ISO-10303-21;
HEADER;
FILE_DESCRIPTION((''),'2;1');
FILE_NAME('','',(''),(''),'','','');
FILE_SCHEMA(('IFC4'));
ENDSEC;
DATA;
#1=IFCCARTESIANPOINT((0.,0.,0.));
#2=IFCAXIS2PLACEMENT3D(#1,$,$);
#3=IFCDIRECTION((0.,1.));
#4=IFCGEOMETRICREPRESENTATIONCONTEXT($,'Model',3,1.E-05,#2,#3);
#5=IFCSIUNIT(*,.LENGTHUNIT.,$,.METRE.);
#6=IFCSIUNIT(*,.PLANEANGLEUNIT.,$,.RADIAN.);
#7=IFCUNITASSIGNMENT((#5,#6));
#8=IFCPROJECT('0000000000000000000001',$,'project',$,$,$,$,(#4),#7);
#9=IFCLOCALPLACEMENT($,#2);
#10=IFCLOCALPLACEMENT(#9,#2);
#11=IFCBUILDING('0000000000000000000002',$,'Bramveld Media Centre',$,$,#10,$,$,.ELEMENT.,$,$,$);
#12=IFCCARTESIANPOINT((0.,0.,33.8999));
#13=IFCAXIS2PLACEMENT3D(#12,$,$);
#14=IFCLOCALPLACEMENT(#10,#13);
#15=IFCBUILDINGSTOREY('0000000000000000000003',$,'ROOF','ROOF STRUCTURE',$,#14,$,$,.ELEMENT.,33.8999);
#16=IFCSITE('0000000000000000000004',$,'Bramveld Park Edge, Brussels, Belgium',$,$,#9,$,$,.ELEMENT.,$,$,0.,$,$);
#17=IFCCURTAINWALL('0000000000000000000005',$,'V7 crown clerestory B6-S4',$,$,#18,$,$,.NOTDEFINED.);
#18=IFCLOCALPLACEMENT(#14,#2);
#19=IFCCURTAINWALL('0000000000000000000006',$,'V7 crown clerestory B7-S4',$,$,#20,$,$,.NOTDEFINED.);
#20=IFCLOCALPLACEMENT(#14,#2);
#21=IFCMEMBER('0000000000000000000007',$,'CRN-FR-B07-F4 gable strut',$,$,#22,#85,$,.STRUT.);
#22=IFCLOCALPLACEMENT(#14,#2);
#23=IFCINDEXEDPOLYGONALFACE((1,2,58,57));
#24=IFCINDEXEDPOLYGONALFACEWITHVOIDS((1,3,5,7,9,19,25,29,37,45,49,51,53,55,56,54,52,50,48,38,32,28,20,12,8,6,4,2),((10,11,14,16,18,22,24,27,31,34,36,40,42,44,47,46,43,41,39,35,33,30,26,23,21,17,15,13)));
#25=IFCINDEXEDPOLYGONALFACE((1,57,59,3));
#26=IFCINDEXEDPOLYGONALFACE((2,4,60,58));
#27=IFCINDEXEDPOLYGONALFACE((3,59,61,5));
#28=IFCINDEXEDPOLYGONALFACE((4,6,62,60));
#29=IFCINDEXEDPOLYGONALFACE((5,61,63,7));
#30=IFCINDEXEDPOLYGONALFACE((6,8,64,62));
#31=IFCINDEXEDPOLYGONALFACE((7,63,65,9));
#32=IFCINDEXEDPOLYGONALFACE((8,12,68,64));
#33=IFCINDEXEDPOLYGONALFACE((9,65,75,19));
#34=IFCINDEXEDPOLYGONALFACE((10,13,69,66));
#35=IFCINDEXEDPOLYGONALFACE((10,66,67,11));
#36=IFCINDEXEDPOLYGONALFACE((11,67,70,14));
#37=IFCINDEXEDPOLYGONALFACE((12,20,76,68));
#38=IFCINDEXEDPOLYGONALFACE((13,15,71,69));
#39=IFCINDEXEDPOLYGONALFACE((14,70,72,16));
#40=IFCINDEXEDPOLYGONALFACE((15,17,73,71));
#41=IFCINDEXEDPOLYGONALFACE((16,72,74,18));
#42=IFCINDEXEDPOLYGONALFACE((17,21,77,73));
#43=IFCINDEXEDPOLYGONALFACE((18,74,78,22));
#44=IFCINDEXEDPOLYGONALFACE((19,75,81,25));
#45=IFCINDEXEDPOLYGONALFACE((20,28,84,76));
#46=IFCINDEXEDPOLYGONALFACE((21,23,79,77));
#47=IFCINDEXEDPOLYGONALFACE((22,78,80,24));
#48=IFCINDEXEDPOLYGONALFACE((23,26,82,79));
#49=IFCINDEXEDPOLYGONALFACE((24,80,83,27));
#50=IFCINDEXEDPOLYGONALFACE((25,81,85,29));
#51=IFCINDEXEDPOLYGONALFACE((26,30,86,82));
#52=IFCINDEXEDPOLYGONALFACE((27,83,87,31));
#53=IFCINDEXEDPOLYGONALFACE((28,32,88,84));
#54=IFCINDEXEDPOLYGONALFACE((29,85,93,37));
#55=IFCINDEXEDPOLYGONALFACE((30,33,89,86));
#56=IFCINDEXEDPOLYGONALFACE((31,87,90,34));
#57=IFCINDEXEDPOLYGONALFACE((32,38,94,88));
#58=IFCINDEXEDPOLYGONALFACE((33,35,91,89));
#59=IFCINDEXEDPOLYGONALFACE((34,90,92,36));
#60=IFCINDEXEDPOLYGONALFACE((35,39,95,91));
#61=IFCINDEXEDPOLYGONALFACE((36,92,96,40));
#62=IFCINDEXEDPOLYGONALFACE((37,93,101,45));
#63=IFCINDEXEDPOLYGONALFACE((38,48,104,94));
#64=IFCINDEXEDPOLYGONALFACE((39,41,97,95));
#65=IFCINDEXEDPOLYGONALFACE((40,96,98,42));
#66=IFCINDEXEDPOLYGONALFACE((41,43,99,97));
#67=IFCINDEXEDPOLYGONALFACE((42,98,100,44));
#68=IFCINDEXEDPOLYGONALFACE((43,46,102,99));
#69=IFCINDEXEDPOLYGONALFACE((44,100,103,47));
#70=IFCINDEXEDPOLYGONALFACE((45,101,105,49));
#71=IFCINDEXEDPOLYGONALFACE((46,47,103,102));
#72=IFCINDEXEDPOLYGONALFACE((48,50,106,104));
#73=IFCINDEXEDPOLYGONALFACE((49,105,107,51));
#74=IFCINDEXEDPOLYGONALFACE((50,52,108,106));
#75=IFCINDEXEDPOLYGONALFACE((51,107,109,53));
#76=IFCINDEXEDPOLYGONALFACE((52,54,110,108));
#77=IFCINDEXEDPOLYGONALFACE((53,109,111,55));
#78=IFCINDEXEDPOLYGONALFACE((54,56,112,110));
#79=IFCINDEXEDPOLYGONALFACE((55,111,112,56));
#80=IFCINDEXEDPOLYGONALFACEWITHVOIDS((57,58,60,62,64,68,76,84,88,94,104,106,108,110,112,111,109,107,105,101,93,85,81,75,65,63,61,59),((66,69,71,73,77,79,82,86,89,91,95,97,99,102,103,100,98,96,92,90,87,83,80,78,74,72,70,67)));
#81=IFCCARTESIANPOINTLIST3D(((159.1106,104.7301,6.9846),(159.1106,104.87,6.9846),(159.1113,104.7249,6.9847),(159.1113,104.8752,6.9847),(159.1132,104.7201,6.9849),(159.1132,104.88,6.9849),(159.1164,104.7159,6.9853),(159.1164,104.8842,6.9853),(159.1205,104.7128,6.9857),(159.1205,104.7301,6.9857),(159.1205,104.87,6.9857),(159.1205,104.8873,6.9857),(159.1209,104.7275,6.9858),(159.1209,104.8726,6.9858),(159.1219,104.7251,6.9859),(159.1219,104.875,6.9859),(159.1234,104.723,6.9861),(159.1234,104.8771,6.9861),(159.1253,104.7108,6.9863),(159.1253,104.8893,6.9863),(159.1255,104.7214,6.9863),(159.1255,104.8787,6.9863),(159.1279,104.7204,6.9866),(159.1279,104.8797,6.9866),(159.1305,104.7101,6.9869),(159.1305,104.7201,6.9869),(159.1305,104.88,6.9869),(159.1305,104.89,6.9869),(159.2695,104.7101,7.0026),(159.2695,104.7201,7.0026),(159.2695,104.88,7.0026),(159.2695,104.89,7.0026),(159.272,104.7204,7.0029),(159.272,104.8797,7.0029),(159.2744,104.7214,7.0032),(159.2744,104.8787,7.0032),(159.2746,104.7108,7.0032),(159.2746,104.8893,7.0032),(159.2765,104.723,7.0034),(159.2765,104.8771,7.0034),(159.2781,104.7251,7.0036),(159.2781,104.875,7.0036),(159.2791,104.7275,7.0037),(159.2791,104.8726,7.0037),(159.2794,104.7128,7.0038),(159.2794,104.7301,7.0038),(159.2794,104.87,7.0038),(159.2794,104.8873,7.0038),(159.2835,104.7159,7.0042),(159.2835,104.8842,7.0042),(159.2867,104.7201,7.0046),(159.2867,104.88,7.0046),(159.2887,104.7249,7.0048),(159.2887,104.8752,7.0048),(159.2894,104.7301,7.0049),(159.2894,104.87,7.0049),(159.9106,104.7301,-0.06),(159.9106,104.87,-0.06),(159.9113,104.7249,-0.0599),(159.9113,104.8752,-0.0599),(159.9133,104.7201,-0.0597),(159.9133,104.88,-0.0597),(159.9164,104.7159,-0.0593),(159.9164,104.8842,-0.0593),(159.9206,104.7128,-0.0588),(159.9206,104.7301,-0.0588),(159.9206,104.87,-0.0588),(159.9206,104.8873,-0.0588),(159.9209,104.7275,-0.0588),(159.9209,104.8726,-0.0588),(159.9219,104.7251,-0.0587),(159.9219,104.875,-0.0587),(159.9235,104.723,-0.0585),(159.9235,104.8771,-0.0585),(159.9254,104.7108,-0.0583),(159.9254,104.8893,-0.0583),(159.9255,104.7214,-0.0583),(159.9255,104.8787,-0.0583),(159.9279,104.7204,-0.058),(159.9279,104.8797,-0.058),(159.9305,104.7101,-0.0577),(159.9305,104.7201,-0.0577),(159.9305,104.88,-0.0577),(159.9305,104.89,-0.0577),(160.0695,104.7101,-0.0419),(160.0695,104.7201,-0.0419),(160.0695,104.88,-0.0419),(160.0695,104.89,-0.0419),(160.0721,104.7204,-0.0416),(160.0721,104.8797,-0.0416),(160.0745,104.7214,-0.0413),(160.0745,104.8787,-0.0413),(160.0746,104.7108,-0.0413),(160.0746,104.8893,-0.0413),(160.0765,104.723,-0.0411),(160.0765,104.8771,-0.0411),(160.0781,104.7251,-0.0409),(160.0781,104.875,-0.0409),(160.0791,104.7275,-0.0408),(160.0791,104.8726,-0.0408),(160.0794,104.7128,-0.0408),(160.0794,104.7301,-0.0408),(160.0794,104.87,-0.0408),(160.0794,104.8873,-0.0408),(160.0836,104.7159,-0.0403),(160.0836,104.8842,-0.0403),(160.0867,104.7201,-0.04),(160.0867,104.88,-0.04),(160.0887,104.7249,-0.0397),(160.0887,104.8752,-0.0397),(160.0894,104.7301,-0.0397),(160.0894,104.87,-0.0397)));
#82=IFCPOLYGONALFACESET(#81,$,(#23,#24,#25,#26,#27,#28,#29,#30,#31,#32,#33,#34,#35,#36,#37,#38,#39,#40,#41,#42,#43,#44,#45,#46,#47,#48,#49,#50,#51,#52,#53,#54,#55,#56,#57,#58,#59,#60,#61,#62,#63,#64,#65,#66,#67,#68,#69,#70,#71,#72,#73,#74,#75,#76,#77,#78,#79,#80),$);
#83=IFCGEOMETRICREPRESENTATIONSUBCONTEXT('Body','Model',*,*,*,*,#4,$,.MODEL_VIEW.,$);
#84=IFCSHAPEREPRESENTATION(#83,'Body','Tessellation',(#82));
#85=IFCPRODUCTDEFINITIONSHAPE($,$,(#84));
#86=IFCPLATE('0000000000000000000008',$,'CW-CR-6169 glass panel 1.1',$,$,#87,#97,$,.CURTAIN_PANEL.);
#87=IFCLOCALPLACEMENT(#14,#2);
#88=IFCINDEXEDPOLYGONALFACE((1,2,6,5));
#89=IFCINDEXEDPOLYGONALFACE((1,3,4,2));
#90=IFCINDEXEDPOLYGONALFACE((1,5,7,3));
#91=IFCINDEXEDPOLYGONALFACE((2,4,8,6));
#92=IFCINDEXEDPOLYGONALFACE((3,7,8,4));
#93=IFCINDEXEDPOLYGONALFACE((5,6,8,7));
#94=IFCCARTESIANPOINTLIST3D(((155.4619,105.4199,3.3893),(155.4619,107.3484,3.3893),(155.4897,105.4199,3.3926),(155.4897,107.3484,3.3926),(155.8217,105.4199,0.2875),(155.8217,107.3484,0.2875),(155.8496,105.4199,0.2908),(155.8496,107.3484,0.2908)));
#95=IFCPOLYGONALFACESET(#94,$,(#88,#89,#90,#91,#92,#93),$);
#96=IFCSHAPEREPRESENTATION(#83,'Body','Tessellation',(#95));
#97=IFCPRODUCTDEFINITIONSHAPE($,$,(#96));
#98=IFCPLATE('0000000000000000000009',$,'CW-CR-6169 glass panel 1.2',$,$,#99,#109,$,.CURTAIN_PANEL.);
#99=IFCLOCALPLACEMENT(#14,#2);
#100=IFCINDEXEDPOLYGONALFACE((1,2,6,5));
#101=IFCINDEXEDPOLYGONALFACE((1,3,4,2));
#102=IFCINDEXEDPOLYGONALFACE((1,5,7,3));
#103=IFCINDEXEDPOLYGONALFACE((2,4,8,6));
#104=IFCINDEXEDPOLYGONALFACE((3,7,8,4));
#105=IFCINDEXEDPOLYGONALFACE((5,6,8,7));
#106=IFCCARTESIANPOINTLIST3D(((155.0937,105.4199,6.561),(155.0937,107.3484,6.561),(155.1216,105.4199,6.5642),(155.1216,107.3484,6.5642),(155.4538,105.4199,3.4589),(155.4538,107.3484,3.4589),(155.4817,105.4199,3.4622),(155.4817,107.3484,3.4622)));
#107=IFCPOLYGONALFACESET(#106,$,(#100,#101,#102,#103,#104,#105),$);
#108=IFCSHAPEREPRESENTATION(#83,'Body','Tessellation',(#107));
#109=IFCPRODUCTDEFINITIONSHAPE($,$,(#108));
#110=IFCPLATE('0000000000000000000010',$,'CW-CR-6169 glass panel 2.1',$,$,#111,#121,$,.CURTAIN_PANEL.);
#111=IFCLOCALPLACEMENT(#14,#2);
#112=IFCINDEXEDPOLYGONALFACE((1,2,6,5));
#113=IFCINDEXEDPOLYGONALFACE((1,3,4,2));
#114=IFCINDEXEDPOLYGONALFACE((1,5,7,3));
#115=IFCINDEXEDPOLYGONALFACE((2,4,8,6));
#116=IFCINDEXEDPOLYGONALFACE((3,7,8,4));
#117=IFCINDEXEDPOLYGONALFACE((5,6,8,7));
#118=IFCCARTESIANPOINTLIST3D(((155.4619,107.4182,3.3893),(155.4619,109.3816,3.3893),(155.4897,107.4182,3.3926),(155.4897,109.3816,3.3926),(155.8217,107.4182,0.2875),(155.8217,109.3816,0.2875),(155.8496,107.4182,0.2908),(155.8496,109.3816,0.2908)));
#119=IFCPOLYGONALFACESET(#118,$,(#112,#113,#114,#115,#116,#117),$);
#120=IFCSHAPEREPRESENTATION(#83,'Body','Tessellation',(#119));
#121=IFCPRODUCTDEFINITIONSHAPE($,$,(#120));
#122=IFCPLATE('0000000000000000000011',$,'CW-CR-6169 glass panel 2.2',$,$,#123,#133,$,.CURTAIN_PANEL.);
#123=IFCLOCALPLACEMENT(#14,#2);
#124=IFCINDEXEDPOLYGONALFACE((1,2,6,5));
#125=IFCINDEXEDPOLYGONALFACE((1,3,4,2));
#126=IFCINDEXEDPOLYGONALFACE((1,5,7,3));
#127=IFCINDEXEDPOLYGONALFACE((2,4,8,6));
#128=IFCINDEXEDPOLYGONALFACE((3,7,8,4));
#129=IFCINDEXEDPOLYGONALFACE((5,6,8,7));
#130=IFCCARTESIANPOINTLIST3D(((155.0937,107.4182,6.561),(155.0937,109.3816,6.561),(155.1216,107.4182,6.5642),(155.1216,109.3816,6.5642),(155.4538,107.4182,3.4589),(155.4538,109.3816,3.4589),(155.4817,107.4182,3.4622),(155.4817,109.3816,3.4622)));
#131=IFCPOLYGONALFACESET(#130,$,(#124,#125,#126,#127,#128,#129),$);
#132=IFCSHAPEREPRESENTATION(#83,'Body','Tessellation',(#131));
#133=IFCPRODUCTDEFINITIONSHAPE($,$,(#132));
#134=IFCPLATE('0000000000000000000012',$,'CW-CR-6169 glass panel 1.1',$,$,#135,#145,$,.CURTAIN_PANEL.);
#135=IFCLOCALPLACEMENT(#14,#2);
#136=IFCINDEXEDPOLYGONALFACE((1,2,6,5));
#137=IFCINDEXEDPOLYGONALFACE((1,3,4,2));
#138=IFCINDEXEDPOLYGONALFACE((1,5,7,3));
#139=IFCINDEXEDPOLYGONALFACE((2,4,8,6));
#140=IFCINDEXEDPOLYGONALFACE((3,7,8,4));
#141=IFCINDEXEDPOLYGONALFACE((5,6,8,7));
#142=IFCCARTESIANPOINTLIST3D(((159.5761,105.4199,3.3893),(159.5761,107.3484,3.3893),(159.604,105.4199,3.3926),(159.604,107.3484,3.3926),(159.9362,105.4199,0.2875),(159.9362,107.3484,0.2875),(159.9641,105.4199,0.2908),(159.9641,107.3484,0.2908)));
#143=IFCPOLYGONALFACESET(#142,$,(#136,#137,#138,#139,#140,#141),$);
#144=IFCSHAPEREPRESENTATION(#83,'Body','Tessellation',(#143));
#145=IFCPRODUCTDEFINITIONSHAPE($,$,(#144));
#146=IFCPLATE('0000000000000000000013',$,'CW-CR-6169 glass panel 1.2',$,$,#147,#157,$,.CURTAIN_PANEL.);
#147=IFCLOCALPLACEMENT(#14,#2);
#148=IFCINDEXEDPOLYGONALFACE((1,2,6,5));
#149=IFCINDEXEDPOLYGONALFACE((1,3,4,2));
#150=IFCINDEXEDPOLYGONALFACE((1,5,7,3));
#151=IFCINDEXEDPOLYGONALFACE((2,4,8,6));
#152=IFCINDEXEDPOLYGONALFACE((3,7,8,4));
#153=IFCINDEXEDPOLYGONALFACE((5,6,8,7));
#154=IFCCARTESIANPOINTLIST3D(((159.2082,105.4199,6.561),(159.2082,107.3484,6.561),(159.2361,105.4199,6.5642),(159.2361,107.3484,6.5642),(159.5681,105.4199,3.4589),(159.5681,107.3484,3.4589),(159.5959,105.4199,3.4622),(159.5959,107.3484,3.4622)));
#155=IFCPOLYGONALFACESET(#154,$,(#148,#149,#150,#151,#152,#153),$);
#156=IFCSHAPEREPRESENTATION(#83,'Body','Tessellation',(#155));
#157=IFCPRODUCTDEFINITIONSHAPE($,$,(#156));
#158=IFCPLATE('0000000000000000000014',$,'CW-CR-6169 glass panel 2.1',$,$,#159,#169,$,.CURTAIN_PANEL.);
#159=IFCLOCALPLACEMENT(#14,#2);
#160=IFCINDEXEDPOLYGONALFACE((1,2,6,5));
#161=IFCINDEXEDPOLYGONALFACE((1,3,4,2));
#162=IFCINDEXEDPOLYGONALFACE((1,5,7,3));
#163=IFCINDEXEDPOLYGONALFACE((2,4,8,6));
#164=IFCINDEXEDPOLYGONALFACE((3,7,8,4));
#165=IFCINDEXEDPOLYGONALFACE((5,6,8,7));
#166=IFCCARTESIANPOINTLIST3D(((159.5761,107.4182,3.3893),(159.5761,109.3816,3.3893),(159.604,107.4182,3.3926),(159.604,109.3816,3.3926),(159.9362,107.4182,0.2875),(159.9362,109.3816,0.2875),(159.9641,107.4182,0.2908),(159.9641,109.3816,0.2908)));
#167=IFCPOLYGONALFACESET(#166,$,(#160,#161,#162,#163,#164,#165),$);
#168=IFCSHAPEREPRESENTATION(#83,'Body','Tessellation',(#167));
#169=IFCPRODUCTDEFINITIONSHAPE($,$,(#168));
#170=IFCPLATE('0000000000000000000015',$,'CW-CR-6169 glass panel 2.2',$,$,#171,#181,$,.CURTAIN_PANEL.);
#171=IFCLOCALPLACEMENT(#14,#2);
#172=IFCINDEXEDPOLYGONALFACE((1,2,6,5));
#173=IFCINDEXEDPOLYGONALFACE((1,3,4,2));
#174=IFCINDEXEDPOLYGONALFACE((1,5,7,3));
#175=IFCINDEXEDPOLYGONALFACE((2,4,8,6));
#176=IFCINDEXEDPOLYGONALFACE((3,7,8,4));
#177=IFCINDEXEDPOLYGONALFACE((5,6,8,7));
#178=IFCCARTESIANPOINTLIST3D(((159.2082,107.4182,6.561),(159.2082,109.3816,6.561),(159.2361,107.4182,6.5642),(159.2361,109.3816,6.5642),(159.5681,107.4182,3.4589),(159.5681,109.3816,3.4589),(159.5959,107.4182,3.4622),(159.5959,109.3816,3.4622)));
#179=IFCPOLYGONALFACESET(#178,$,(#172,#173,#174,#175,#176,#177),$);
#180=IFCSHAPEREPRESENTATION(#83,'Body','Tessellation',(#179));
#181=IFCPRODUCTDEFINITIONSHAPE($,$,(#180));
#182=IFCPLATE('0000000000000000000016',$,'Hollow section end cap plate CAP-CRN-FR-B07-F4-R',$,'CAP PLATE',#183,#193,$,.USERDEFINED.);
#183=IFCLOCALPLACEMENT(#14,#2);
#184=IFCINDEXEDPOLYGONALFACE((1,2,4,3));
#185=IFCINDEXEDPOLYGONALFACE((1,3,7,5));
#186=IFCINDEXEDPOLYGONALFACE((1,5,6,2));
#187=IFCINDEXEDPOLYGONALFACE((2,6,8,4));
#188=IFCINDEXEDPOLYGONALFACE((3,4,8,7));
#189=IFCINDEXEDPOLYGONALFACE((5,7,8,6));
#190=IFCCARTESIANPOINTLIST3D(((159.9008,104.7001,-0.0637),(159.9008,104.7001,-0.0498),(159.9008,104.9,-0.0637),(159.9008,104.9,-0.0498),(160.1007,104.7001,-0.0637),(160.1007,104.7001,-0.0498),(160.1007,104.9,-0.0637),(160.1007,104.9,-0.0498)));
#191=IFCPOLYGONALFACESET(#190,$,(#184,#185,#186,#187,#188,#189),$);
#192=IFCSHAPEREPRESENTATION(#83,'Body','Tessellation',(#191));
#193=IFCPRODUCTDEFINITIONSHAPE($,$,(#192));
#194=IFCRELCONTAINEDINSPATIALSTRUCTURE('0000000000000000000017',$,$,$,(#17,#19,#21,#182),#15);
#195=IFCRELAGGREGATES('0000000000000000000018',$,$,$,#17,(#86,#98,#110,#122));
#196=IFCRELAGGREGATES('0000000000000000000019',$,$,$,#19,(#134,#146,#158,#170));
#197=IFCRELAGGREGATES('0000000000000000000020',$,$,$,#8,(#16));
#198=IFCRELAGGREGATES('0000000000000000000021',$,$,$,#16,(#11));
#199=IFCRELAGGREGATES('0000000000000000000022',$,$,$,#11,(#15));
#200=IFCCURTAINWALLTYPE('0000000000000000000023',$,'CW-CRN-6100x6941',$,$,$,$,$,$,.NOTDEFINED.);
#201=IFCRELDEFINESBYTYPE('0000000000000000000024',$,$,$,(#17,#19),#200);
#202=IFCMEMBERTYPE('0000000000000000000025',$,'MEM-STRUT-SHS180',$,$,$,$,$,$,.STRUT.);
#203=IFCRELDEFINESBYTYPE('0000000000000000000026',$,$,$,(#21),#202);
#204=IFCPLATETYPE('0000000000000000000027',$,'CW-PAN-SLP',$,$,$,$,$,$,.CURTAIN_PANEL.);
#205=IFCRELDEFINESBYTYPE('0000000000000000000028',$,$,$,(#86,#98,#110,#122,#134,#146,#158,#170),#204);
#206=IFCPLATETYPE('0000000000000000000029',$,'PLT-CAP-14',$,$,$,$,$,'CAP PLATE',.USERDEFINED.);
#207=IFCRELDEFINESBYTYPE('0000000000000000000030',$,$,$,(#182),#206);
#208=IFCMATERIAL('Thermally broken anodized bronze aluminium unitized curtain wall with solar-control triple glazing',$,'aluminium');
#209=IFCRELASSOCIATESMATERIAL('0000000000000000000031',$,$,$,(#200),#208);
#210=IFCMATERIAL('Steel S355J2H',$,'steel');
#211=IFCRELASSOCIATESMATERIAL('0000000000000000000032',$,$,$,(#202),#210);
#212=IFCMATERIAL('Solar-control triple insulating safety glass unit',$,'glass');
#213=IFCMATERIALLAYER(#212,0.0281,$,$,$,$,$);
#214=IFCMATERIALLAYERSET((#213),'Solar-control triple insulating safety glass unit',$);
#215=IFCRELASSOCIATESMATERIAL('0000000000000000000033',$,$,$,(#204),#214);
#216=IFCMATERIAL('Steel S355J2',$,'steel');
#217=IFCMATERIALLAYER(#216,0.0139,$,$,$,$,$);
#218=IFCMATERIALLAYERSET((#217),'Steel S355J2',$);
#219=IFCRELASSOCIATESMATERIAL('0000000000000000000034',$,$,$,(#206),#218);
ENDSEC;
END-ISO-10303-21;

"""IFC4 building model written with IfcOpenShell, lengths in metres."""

from ifc_helpers import new_model, si_unit, direction, frame, origin, origin_2d, place, context, subcontext, project, spatial, polyline, rectangle, hollow_rectangle, outline, extrude, material, layer, layer_set, material_profile, profile_set, type_object, element, aggregate, save


model = new_model("IFC4")

# Units and contexts
model_context = context("Model", 3, precision=1e-05, world=origin(), true_north=direction((0.0, 1.0)))
body_context = subcontext(model_context, "Body", "Model", "MODEL_VIEW")
ifc_project = project(units=[si_unit("LENGTHUNIT", "METRE"), si_unit("PLANEANGLEUNIT", "RADIAN")], contexts=[model_context])

# Site, building, storey
site_placement = place(None, origin())
site = spatial("IfcSite", under=ifc_project, at=site_placement, Name="Bramveld Park Edge, Brussels, Belgium", CompositionType="ELEMENT", RefElevation=0.0)
building_placement = place(site_placement, origin())
building = spatial("IfcBuilding", under=site, at=building_placement, Name="Bramveld Media Centre", CompositionType="ELEMENT")
storey_placement = place(building_placement, frame((0.0, 0.0, 33.8999)))
storey = spatial("IfcBuildingStorey", under=building, at=storey_placement, Name="ROOF", Description="ROOF STRUCTURE", CompositionType="ELEMENT", Elevation=33.8999)

# Curtain walls
ifc_material_1 = material(Name="Thermally broken anodized bronze aluminium unitized curtain wall with solar-control triple glazing", Category="aluminium")
curtain_wall_type = type_object("IfcCurtainWallType", Name="CW-CRN-6100x6941", PredefinedType="NOTDEFINED", material=ifc_material_1)
curtain_wall_1_placement = place(storey_placement, origin())
curtain_wall_1 = element("IfcCurtainWall", 1, at=curtain_wall_1_placement, inside=storey, type_object=curtain_wall_type, Name="V7 crown clerestory B6-S4", PredefinedType="NOTDEFINED")
curtain_wall_2_placement = place(storey_placement, origin())
curtain_wall_2 = element("IfcCurtainWall", 2, at=curtain_wall_2_placement, inside=storey, type_object=curtain_wall_type, Name="V7 crown clerestory B7-S4", PredefinedType="NOTDEFINED")

# Member
ifc_material_2 = material(Name="Steel S355J2H", Category="steel")
ifc_material_profile_1 = material_profile(ifc_material_2, hollow_rectangle(XDim=0.1799, YDim=0.1799, WallThickness=0.01, InnerFilletRadius=0.01, OuterFilletRadius=0.02, at=origin_2d()), Name="SHS 180x180x10")
ifc_profile_set_1 = profile_set([ifc_material_profile_1], Name="Steel S355J2H")
member_type_1 = type_object("IfcMemberType", Name="MEM-STRUT-SHS180", PredefinedType="STRUT", material=ifc_profile_set_1)
member_1_placement = place(storey_placement, frame((160.0, 104.8, -0.0498), z_axis=(-0.112842, 0.0, 0.993613), x_axis=(0.0, -1.0, 0.0)))
element("IfcMember", 3, at=member_1_placement, inside=storey, type_object=member_type_1, Name="CRN-FR-B07-F4 gable strut", PredefinedType="STRUT", context=body_context, shape_type="SweptSolid", body=[
    extrude(hollow_rectangle(XDim=0.1799, YDim=0.1799, WallThickness=0.01, InnerFilletRadius=0.01, OuterFilletRadius=0.02, at=origin_2d()), origin(), (0.0, 0.0, 1.0), 7.0898),
])

# Plates
ifc_material_3 = material(Name="Solar-control triple insulating safety glass unit", Category="glass")
ifc_layer_1 = layer(ifc_material_3, 0.0281)
ifc_layer_set_1 = layer_set([ifc_layer_1], Name="Solar-control triple insulating safety glass unit")
plate_type_1 = type_object("IfcPlateType", Name="CW-PAN-SLP", PredefinedType="CURTAIN_PANEL", material=ifc_layer_set_1)
plate_1_placement = place(storey_placement, frame((155.8496, 105.4199, 0.2908), z_axis=(0.993337, 0.0, 0.115244), x_axis=(0.0, 1.0, 0.0)))
plate_1 = element("IfcPlate", 4, at=plate_1_placement, type_object=plate_type_1, Name="CW-CR-6169 glass panel 1.1", PredefinedType="CURTAIN_PANEL", context=body_context, shape_type="SweptSolid", body=[
    extrude(outline(polyline([(0.0, 0.0), (1.9285, 0.0), (1.9285, 3.1226), (0.0, 3.1226), (0.0, 0.0)])), origin(), (0.0, 0.0, -1.0), 0.0281),
])
plate_2_placement = place(storey_placement, frame((155.4817, 105.4199, 3.4622), z_axis=(0.993329, 0.0, 0.115313), x_axis=(0.0, 1.0, 0.0)))
plate_2 = element("IfcPlate", 5, at=plate_2_placement, type_object=plate_type_1, Name="CW-CR-6169 glass panel 1.2", PredefinedType="CURTAIN_PANEL", context=body_context, shape_type="SweptSolid", body=[
    extrude(outline(polyline([(0.0, 0.0), (1.9285, 0.0), (1.9285, 3.1229), (0.0, 3.1229), (0.0, 0.0)])), origin(), (0.0, 0.0, -1.0), 0.0281),
])
plate_3_placement = place(storey_placement, frame((155.8496, 107.4182, 0.2908), z_axis=(0.993337, 0.0, 0.115244), x_axis=(0.0, 1.0, 0.0)))
plate_3 = element("IfcPlate", 6, at=plate_3_placement, type_object=plate_type_1, Name="CW-CR-6169 glass panel 2.1", PredefinedType="CURTAIN_PANEL", context=body_context, shape_type="SweptSolid", body=[
    extrude(outline(polyline([(0.0, 0.0), (1.9634, 0.0), (1.9634, 3.1226), (0.0, 3.1226), (0.0, 0.0)])), origin(), (0.0, 0.0, -1.0), 0.0281),
])
plate_4_placement = place(storey_placement, frame((155.4817, 107.4182, 3.4622), z_axis=(0.993329, 0.0, 0.115313), x_axis=(0.0, 1.0, 0.0)))
plate_4 = element("IfcPlate", 7, at=plate_4_placement, type_object=plate_type_1, Name="CW-CR-6169 glass panel 2.2", PredefinedType="CURTAIN_PANEL", context=body_context, shape_type="SweptSolid", body=[
    extrude(outline(polyline([(0.0, 0.0), (1.9634, 0.0), (1.9634, 3.1229), (0.0, 3.1229), (0.0, 0.0)])), origin(), (0.0, 0.0, -1.0), 0.0281),
])
aggregate(curtain_wall_1, [plate_1, plate_2, plate_3, plate_4])
plate_5_placement = place(storey_placement, frame((159.9641, 105.4199, 0.2908), z_axis=(0.993328, 0.0, 0.115321), x_axis=(0.0, 1.0, 0.0)))
plate_5 = element("IfcPlate", 8, at=plate_5_placement, type_object=plate_type_1, Name="CW-CR-6169 glass panel 1.1", PredefinedType="CURTAIN_PANEL", context=body_context, shape_type="SweptSolid", body=[
    extrude(outline(polyline([(0.0, 0.0), (1.9285, 0.0), (1.9285, 3.1226), (0.0, 3.1226), (0.0, 0.0)])), origin(), (0.0, 0.0, -1.0), 0.0281),
])
plate_6_placement = place(storey_placement, frame((159.5959, 105.4199, 3.4622), z_axis=(0.993338, 0.0, 0.115235), x_axis=(0.0, 1.0, 0.0)))
plate_6 = element("IfcPlate", 9, at=plate_6_placement, type_object=plate_type_1, Name="CW-CR-6169 glass panel 1.2", PredefinedType="CURTAIN_PANEL", context=body_context, shape_type="SweptSolid", body=[
    extrude(outline(polyline([(0.0, 0.0), (1.9285, 0.0), (1.9285, 3.1229), (0.0, 3.1229), (0.0, 0.0)])), origin(), (0.0, 0.0, -1.0), 0.0281),
])
plate_7_placement = place(storey_placement, frame((159.9641, 107.4182, 0.2908), z_axis=(0.993328, 0.0, 0.115321), x_axis=(0.0, 1.0, 0.0)))
plate_7 = element("IfcPlate", 10, at=plate_7_placement, type_object=plate_type_1, Name="CW-CR-6169 glass panel 2.1", PredefinedType="CURTAIN_PANEL", context=body_context, shape_type="SweptSolid", body=[
    extrude(outline(polyline([(0.0, 0.0), (1.9634, 0.0), (1.9634, 3.1226), (0.0, 3.1226), (0.0, 0.0)])), origin(), (0.0, 0.0, -1.0), 0.0281),
])
plate_8_placement = place(storey_placement, frame((159.5959, 107.4182, 3.4622), z_axis=(0.993338, 0.0, 0.115235), x_axis=(0.0, 1.0, 0.0)))
plate_8 = element("IfcPlate", 11, at=plate_8_placement, type_object=plate_type_1, Name="CW-CR-6169 glass panel 2.2", PredefinedType="CURTAIN_PANEL", context=body_context, shape_type="SweptSolid", body=[
    extrude(outline(polyline([(0.0, 0.0), (1.9634, 0.0), (1.9634, 3.1229), (0.0, 3.1229), (0.0, 0.0)])), origin(), (0.0, 0.0, -1.0), 0.0281),
])
aggregate(curtain_wall_2, [plate_5, plate_6, plate_7, plate_8])
ifc_material_4 = material(Name="Steel S355J2", Category="steel")
ifc_layer_2 = layer(ifc_material_4, 0.0139)
ifc_layer_set_2 = layer_set([ifc_layer_2], Name="Steel S355J2")
plate_type_2 = type_object("IfcPlateType", Name="PLT-CAP-14", ElementType="CAP PLATE", PredefinedType="USERDEFINED", material=ifc_layer_set_2)
plate_9_placement = place(storey_placement, frame((160.0007, 104.8, -0.0498), z_axis=(0.0, 0.0, -1.0), x_axis=(1.0, 0.0, 0.0)))
element("IfcPlate", 12, at=plate_9_placement, inside=storey, type_object=plate_type_2, Name="Hollow section end cap plate CAP-CRN-FR-B07-F4-R", ObjectType="CAP PLATE", PredefinedType="USERDEFINED", context=body_context, shape_type="SweptSolid", body=[
    extrude(rectangle(XDim=0.2, YDim=0.2, at=origin_2d()), origin(), (0.0, 0.0, 1.0), 0.0139),
])

save(model, "model.ifc")
